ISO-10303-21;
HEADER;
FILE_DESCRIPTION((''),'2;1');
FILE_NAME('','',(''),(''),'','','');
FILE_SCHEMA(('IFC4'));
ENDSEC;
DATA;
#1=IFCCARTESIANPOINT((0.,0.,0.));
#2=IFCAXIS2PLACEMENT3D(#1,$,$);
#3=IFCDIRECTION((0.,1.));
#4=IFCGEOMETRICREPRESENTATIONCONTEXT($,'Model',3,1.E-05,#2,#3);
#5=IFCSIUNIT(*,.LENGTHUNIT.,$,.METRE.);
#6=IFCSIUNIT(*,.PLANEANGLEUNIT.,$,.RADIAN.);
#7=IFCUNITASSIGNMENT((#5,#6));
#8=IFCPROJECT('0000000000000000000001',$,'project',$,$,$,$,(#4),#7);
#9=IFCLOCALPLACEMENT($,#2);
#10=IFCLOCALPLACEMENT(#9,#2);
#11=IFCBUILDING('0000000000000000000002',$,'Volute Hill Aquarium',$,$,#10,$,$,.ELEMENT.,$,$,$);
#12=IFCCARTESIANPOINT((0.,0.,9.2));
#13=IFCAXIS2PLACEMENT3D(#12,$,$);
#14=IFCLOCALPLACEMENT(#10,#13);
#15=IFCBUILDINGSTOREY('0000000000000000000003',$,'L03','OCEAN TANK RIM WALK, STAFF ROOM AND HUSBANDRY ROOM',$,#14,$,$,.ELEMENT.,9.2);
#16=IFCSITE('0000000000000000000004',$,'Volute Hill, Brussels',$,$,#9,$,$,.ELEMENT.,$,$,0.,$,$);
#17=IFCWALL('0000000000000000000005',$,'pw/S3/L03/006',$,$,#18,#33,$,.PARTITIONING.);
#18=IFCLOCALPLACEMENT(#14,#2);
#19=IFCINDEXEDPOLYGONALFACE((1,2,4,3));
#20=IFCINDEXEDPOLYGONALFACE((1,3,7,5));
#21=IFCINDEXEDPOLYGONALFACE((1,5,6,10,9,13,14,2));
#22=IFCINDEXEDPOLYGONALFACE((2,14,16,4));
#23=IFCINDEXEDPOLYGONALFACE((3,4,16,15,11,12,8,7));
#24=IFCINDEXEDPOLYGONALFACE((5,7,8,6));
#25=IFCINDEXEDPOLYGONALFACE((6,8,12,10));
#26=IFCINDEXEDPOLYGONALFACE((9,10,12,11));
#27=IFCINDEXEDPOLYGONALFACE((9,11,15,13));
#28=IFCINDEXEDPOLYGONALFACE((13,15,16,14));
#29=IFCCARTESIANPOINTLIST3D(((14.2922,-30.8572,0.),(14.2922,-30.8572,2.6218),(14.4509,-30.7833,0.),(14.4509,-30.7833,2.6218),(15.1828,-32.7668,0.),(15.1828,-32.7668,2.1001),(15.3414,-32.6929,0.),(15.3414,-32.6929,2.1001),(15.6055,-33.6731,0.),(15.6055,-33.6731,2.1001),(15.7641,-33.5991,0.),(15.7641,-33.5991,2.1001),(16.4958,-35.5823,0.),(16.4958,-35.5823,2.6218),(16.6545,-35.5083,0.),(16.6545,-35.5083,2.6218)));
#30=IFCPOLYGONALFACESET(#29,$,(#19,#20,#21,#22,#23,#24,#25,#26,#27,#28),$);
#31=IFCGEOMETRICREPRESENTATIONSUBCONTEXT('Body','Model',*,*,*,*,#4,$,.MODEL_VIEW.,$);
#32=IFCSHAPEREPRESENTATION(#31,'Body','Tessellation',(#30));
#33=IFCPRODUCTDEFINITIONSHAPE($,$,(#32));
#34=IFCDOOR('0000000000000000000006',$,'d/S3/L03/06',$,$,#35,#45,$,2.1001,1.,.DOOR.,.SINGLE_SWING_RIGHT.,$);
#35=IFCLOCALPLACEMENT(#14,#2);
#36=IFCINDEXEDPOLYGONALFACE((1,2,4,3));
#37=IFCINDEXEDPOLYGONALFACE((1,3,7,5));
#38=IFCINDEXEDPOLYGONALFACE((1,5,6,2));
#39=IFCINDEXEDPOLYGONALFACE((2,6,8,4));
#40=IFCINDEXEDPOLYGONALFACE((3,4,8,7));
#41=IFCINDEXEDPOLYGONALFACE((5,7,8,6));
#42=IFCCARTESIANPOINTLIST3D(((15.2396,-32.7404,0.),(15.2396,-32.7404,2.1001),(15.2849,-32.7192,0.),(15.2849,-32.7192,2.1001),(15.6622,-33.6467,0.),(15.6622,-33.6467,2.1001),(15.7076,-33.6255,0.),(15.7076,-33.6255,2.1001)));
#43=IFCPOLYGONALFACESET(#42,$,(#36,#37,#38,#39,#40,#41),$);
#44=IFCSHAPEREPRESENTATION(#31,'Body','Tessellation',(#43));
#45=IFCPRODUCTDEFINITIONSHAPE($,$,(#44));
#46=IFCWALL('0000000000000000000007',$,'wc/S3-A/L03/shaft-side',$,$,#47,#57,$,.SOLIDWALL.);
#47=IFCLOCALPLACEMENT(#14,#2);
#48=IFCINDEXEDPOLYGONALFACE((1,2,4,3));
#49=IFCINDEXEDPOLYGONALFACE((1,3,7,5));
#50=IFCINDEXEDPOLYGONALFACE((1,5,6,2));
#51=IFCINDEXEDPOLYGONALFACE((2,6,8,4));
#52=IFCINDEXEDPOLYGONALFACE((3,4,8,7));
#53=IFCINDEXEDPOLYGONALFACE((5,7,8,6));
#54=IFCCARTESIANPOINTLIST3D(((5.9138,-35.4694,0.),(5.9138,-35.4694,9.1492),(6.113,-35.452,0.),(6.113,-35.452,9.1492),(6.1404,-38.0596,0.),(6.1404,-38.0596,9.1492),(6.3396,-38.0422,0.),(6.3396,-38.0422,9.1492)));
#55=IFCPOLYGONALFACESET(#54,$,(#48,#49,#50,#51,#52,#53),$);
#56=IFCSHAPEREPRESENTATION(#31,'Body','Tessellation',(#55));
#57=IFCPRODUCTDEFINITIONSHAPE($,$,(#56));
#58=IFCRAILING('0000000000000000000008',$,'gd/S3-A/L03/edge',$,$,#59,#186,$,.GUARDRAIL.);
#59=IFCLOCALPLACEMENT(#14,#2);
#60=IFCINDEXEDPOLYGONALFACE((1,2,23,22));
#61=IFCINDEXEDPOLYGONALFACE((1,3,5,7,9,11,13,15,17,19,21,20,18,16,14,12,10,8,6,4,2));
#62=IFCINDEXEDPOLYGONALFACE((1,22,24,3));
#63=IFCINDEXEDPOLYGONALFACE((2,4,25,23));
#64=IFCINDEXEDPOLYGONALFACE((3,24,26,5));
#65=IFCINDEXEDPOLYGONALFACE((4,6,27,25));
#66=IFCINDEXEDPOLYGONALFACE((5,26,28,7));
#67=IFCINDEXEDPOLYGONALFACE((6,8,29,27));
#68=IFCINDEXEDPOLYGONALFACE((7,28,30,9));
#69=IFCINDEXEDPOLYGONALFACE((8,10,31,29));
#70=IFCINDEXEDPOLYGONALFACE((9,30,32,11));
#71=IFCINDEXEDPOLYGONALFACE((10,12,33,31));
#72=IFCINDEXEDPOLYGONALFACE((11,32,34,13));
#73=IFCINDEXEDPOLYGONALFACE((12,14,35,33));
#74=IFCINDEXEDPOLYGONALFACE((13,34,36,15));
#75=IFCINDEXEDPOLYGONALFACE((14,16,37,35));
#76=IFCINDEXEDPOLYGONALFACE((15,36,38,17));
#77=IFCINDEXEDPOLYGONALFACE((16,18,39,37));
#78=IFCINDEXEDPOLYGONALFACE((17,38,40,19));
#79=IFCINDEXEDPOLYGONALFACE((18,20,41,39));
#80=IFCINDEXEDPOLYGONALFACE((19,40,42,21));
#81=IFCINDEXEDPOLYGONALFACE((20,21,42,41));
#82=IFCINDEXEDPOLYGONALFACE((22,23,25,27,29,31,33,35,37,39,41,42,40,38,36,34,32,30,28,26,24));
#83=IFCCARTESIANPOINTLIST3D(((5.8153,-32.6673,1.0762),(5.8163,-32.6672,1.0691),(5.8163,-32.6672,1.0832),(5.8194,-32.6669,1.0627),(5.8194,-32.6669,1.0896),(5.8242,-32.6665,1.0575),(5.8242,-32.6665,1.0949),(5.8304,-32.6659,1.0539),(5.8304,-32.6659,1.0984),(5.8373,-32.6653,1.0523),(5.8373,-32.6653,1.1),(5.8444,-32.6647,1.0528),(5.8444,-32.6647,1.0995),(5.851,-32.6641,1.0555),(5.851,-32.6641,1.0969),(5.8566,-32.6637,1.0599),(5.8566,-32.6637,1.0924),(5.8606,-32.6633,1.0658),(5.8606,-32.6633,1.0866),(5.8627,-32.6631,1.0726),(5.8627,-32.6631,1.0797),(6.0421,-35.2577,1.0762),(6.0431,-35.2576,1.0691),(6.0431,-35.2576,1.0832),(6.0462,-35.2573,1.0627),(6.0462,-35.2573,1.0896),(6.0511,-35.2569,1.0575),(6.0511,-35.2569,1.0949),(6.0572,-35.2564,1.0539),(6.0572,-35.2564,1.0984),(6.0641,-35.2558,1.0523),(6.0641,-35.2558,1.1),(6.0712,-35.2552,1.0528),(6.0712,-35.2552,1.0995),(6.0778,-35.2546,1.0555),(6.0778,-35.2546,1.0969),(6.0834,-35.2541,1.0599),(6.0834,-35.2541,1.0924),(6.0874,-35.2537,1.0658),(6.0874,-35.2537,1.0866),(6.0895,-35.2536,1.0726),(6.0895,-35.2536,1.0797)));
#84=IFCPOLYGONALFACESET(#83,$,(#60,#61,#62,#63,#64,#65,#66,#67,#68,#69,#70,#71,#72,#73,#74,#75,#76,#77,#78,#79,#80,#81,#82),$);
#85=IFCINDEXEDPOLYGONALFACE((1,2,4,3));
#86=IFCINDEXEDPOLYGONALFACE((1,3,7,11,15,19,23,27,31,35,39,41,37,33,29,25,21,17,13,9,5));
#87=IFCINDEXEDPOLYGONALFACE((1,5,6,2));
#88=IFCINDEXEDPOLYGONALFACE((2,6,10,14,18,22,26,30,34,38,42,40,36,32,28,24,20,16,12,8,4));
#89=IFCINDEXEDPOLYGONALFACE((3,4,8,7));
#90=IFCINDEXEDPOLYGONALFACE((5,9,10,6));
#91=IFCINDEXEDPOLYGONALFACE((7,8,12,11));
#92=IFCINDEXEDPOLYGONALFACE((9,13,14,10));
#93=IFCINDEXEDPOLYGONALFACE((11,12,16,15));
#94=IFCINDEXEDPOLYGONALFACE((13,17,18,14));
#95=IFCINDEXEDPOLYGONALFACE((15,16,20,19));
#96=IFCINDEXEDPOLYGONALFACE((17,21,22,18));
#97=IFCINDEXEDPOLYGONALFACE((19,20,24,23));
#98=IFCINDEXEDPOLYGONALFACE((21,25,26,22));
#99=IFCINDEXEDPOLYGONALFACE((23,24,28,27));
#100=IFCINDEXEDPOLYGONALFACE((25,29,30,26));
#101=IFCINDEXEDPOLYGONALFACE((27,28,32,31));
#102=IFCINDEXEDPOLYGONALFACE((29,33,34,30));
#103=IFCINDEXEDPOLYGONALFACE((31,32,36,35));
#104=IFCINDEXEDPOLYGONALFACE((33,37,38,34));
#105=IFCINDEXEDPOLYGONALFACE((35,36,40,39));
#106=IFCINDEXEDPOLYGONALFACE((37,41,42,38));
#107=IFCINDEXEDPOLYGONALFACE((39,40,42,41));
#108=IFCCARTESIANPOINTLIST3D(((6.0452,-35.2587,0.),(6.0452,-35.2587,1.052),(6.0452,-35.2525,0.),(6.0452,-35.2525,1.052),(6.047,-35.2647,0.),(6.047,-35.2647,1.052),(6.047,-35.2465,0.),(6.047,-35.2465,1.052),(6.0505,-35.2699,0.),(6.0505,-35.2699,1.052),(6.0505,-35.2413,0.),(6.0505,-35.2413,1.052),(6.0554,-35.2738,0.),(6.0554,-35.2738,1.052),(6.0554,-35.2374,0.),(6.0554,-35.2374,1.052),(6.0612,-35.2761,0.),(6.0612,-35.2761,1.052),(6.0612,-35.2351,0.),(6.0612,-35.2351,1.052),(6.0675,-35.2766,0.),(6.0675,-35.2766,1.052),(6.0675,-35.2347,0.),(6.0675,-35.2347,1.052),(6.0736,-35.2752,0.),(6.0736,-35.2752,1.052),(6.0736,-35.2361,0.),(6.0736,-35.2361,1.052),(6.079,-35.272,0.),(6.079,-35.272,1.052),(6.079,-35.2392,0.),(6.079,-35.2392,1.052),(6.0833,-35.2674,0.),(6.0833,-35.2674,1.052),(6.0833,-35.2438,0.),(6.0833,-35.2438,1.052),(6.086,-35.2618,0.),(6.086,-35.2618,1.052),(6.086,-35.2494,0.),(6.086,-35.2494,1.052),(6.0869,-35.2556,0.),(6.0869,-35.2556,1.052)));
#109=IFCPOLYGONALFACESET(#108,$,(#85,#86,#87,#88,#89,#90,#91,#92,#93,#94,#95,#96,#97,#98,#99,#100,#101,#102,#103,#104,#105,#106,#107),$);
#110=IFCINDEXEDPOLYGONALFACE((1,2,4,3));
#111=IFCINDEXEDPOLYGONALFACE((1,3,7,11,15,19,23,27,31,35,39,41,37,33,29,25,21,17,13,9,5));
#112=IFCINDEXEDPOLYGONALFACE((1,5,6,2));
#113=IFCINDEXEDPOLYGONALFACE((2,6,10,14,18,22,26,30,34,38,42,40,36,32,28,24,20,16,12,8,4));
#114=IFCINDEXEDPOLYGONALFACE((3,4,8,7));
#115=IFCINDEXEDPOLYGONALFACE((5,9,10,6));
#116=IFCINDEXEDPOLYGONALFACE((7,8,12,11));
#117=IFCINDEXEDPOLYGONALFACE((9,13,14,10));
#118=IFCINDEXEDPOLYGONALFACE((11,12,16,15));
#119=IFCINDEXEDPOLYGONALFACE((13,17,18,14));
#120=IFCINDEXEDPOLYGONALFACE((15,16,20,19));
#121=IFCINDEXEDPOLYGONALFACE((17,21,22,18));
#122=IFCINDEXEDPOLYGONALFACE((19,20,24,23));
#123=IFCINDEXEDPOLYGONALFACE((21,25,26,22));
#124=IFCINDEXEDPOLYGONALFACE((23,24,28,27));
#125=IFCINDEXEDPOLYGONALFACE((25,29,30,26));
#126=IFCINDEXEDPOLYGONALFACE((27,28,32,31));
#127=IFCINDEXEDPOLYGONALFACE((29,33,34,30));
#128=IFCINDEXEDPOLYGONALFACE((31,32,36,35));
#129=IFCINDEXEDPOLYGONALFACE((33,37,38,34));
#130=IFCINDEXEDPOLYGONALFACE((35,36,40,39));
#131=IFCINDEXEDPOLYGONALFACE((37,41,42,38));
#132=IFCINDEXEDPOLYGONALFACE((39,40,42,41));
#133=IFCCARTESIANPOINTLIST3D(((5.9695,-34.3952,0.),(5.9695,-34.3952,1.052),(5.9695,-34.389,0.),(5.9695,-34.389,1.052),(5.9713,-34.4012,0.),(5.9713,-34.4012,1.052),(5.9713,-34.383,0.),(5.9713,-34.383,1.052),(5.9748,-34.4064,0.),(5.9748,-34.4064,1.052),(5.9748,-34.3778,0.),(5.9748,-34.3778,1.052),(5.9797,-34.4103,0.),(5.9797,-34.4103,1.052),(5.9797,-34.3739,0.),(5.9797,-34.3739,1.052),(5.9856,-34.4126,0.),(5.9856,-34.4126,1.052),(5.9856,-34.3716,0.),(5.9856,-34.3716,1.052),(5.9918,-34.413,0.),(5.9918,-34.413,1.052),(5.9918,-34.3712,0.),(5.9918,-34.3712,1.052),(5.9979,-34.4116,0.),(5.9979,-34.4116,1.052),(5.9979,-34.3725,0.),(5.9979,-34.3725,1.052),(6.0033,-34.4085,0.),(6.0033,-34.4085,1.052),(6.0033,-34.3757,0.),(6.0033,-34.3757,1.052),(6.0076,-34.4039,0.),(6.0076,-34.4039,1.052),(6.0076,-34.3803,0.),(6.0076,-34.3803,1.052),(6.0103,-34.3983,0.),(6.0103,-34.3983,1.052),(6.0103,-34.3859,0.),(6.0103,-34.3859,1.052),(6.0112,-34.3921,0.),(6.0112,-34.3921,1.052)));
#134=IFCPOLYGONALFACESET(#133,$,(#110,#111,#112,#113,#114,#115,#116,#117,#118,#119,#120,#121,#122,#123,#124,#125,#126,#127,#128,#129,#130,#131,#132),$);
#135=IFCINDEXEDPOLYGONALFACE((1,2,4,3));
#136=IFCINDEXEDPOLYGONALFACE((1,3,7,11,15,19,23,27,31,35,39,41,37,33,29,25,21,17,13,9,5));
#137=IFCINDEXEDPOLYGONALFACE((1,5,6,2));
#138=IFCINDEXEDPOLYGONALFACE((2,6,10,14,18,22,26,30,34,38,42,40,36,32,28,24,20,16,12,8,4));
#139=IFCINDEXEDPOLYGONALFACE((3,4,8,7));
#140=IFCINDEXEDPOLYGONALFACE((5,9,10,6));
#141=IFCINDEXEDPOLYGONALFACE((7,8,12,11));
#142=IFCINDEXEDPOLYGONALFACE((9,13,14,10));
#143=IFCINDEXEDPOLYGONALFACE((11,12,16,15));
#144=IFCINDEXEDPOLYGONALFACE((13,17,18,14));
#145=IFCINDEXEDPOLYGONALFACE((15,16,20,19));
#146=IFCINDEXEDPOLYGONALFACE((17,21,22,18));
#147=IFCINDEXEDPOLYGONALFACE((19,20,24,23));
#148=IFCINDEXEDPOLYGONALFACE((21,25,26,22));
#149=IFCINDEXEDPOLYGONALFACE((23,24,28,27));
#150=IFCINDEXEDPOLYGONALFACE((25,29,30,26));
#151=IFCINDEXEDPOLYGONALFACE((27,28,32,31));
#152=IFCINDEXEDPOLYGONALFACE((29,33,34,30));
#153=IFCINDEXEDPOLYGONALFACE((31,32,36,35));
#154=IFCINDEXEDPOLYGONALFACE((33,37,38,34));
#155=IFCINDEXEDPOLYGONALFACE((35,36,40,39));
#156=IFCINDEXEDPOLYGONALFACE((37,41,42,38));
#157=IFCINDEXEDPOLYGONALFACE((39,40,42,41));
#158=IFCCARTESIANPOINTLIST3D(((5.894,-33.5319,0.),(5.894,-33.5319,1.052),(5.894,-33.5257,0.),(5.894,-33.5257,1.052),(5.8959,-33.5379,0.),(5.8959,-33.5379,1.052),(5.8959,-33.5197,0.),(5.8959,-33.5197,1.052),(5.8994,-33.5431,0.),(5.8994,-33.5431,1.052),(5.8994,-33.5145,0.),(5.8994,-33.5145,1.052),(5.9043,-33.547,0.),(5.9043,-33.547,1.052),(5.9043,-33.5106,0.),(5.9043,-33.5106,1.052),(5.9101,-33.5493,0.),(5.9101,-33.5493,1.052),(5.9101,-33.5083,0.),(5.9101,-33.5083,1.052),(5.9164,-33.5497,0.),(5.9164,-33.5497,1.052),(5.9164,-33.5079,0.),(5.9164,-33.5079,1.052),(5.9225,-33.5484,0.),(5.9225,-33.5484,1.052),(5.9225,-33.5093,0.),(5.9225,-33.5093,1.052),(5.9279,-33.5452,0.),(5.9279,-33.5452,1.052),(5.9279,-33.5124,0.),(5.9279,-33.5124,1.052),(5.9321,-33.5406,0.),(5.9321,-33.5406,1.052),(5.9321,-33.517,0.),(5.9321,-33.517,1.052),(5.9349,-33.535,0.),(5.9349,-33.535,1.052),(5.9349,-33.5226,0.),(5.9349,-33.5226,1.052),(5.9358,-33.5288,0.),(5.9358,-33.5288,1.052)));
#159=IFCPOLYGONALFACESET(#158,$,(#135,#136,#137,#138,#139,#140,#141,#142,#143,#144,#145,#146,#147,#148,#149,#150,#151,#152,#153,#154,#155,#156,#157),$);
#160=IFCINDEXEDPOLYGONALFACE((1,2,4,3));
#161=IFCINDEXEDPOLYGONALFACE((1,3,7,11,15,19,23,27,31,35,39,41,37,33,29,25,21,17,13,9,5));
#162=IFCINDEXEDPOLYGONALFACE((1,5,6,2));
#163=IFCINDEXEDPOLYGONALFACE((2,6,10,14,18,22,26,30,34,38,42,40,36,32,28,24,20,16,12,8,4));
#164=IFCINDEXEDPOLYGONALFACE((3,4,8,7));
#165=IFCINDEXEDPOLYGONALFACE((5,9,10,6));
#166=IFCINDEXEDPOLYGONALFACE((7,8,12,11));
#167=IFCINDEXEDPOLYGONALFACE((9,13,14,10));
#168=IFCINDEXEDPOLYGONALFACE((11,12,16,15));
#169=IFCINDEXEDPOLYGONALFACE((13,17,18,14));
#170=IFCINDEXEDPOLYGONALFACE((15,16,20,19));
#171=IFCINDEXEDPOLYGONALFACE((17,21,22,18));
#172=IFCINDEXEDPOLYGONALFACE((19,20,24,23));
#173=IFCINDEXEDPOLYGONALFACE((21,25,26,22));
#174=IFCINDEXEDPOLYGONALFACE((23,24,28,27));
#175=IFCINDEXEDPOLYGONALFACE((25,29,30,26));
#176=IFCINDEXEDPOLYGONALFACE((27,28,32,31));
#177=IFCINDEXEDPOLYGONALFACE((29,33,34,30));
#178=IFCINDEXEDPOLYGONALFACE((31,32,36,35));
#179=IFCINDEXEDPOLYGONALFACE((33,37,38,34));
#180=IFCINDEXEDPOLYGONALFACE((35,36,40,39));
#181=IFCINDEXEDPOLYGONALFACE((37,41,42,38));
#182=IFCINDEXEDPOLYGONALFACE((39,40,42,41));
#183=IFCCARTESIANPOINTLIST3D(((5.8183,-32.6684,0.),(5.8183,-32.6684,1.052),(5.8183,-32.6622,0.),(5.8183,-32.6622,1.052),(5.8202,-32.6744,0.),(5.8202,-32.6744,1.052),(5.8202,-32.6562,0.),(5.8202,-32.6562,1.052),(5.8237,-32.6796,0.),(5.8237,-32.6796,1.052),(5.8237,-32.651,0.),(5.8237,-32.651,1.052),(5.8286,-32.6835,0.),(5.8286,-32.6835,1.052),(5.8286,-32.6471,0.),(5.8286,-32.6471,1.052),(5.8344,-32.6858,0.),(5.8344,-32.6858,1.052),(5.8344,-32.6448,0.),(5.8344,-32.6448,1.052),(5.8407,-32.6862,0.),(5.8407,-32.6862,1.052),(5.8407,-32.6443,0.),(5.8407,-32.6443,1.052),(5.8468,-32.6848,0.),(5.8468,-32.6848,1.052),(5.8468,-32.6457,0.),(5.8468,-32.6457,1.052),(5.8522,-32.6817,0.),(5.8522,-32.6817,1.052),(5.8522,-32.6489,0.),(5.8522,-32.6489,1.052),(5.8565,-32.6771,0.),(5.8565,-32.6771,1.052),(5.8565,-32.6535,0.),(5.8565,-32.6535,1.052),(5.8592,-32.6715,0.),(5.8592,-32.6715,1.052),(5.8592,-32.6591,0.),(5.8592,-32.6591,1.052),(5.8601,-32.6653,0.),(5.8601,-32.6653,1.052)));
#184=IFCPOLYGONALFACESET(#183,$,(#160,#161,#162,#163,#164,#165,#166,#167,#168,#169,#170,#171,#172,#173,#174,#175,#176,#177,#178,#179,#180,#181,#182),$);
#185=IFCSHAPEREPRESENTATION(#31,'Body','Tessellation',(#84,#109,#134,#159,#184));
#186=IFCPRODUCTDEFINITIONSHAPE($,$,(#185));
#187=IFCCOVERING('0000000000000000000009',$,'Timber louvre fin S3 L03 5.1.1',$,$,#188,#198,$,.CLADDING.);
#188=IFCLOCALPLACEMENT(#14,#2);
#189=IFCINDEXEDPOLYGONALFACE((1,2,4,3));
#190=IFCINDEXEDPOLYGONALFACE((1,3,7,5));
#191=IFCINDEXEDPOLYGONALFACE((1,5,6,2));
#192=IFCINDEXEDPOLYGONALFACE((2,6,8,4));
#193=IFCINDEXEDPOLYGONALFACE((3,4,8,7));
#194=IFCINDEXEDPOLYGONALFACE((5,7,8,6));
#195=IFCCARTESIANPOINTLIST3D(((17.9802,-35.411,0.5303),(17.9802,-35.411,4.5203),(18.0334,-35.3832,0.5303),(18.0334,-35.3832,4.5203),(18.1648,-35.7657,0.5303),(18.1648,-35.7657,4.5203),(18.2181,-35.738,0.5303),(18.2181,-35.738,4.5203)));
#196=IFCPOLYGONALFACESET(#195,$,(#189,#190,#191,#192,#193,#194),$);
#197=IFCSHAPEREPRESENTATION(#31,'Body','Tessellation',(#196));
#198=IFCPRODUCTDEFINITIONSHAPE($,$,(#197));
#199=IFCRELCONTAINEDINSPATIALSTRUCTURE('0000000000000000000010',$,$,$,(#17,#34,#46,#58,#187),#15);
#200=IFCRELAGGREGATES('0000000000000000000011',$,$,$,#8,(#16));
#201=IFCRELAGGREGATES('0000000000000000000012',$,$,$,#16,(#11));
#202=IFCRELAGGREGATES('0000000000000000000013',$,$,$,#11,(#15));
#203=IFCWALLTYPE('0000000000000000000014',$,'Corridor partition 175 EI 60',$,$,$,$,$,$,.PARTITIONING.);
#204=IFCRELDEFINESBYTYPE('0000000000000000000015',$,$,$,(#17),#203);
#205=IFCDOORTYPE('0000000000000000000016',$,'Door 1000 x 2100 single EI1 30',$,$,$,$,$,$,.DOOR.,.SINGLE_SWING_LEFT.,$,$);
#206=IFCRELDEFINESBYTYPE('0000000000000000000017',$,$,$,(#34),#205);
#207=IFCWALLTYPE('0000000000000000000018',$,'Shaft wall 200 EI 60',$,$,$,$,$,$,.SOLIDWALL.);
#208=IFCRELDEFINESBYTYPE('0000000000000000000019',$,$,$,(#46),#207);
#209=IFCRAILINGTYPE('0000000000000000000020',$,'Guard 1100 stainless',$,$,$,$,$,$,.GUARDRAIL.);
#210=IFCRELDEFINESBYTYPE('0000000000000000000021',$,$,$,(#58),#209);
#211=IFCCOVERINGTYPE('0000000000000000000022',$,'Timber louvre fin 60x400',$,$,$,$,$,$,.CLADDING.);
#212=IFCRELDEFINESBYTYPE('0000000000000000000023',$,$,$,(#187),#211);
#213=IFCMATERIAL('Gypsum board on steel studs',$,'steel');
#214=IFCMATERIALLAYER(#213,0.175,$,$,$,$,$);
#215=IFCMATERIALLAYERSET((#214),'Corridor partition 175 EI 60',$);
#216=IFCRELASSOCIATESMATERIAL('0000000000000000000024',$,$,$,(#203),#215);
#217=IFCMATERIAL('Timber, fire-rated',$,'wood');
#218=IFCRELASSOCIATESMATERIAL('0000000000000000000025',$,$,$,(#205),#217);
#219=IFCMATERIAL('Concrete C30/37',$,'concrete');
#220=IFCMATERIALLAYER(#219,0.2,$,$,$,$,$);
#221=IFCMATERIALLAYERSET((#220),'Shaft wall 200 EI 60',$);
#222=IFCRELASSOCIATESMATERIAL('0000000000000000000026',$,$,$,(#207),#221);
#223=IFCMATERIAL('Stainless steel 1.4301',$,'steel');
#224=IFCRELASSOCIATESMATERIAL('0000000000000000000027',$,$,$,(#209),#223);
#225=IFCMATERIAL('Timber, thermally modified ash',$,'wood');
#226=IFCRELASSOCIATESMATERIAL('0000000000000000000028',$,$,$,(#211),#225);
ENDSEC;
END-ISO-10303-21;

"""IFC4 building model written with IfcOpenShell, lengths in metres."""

from ifc_helpers import new_model, si_unit, direction, frame, frame_2d, origin, origin_2d, place, context, subcontext, project, spatial, rectangle, circle, extrude, material, layer, layer_set, type_object, element, fill, save


model = new_model("IFC4")

# Units and contexts
model_context = context("Model", 3, precision=1e-05, world=origin(), true_north=direction((0.0, 1.0)))
body_context = subcontext(model_context, "Body", "Model", "MODEL_VIEW")
ifc_project = project(units=[si_unit("LENGTHUNIT", "METRE"), si_unit("PLANEANGLEUNIT", "RADIAN")], contexts=[model_context])

# Site, building, storey
site_placement = place(None, origin())
site = spatial("IfcSite", under=ifc_project, at=site_placement, Name="Volute Hill, Brussels", CompositionType="ELEMENT", RefElevation=0.0)
building_placement = place(site_placement, origin())
building = spatial("IfcBuilding", under=site, at=building_placement, Name="Volute Hill Aquarium", CompositionType="ELEMENT")
storey_placement = place(building_placement, frame((0.0, 0.0, 9.2)))
storey = spatial("IfcBuildingStorey", under=building, at=storey_placement, Name="L03", Description="OCEAN TANK RIM WALK, STAFF ROOM AND HUSBANDRY ROOM", CompositionType="ELEMENT", Elevation=9.2)

# Wall, opening, door
ifc_material_1 = material(Name="Gypsum board on steel studs", Category="steel")
ifc_layer_1 = layer(ifc_material_1, 0.175)
ifc_layer_set_1 = layer_set([ifc_layer_1], Name="Corridor partition 175 EI 60")
wall_type_1 = type_object("IfcWallType", Name="Corridor partition 175 EI 60", PredefinedType="PARTITIONING", material=ifc_layer_set_1)
wall_1_placement = place(storey_placement, frame((16.5752, -35.5454, 0.0), z_axis=(0.0, 0.0, 1.0), x_axis=(-0.42266, 0.906288, 0.0)))
wall_1 = element("IfcWall", 1, at=wall_1_placement, inside=storey, type_object=wall_type_1, Name="pw/S3/L03/006", PredefinedType="PARTITIONING", context=body_context, shape_type="SweptSolid", body=[
    extrude(rectangle(XDim=5.2136, YDim=0.175, at=frame_2d((2.6069, 0.0))), origin(), (0.0, 0.0, 1.0), 2.6218),
])
opening_placement = place(wall_1_placement, frame((2.1067, 0.0, 0.0)))
opening = element("IfcOpeningElement", 2, at=opening_placement, cuts=wall_1, PredefinedType="OPENING", context=body_context, shape_type="SweptSolid", body=[
    extrude(rectangle(XDim=1.0, YDim=2.1001, at=frame_2d((0.5, 1.05))), frame((0.0, 0.0974, 0.0), z_axis=(0.0, -1.0, 0.0), x_axis=(1.0, 0.0, 0.0)), (0.0, 0.0, 1.0), 0.1951),
])
ifc_material_2 = material(Name="Timber, fire-rated", Category="wood")
door_type = type_object("IfcDoorType", Name="Door 1000 x 2100 single EI1 30", OperationType="SINGLE_SWING_LEFT", PredefinedType="DOOR", material=ifc_material_2)
door_placement = place(opening_placement, origin())
door = element("IfcDoor", 3, at=door_placement, inside=storey, type_object=door_type, Name="d/S3/L03/06", OperationType="SINGLE_SWING_RIGHT", OverallHeight=2.1001, OverallWidth=1.0, PredefinedType="DOOR", context=body_context, shape_type="SweptSolid", body=[
    extrude(rectangle(XDim=1.0, YDim=2.1001, at=frame_2d((0.5, 1.05))), frame((0.0, 0.0249, 0.0), z_axis=(0.0, -1.0, 0.0), x_axis=(1.0, 0.0, 0.0)), (0.0, 0.0, 1.0), 0.05),
])
fill(opening, door)

# Wall
ifc_material_3 = material(Name="Concrete C30/37", Category="concrete")
ifc_layer_2 = layer(ifc_material_3, 0.2)
ifc_layer_set_2 = layer_set([ifc_layer_2], Name="Shaft wall 200 EI 60")
wall_type_2 = type_object("IfcWallType", Name="Shaft wall 200 EI 60", PredefinedType="SOLIDWALL", material=ifc_layer_set_2)
wall_2_placement = place(storey_placement, frame((6.0134, -35.4607, 0.0), z_axis=(0.0, 0.0, 1.0), x_axis=(0.08714, -0.996196, 0.0)))
element("IfcWall", 4, at=wall_2_placement, inside=storey, type_object=wall_type_2, Name="wc/S3-A/L03/shaft-side", PredefinedType="SOLIDWALL", context=body_context, shape_type="SweptSolid", body=[
    extrude(rectangle(XDim=2.6001, YDim=0.2, at=frame_2d((1.3, 0.0))), origin(), (0.0, 0.0, 1.0), 9.1492),
])

# Railing
ifc_material_4 = material(Name="Stainless steel 1.4301", Category="steel")
railing_type = type_object("IfcRailingType", Name="Guard 1100 stainless", PredefinedType="GUARDRAIL", material=ifc_material_4)
railing_1_placement = place(storey_placement, frame((6.0659, -35.2556, 0.0)))
element("IfcRailing", 5, at=railing_1_placement, inside=storey, type_object=railing_type, Name="gd/S3-A/L03/edge", PredefinedType="GUARDRAIL", context=body_context, shape_type="SweptSolid", body=[
    extrude(circle(Radius=0.0239, at=origin_2d()), frame((0.0, 0.0, 1.0762), z_axis=(-0.087225, 0.996189, 0.0), x_axis=(-0.996189, -0.087225, 0.0)), (0.0, 0.0, 1.0), 2.6003),
    extrude(circle(Radius=0.021, at=origin_2d()), origin(), (0.0, 0.0, 1.0), 1.052),
    extrude(circle(Radius=0.021, at=origin_2d()), frame((-0.0757, 0.8635, 0.0)), (0.0, 0.0, 1.0), 1.052),
    extrude(circle(Radius=0.021, at=origin_2d()), frame((-0.1511, 1.7268, 0.0)), (0.0, 0.0, 1.0), 1.052),
    extrude(circle(Radius=0.021, at=origin_2d()), frame((-0.2268, 2.5903, 0.0)), (0.0, 0.0, 1.0), 1.052),
])

# Covering
ifc_material_5 = material(Name="Timber, thermally modified ash", Category="wood")
covering_type_1 = type_object("IfcCoveringType", Name="Timber louvre fin 60x400", PredefinedType="CLADDING", material=ifc_material_5)
covering_1_placement = place(storey_placement, frame((18.0991, -35.5745, 0.5303), z_axis=(0.0, 0.0, 1.0), x_axis=(0.887015, 0.461741, 0.0)))
element("IfcCovering", 6, at=covering_1_placement, inside=storey, type_object=covering_type_1, Name="Timber louvre fin S3 L03 5.1.1", PredefinedType="CLADDING", context=body_context, shape_type="SweptSolid", body=[
    extrude(rectangle(XDim=0.0601, YDim=0.3999, at=origin_2d()), origin(), (0.0, 0.0, 1.0), 3.99),
])

save(model, "model.ifc")
